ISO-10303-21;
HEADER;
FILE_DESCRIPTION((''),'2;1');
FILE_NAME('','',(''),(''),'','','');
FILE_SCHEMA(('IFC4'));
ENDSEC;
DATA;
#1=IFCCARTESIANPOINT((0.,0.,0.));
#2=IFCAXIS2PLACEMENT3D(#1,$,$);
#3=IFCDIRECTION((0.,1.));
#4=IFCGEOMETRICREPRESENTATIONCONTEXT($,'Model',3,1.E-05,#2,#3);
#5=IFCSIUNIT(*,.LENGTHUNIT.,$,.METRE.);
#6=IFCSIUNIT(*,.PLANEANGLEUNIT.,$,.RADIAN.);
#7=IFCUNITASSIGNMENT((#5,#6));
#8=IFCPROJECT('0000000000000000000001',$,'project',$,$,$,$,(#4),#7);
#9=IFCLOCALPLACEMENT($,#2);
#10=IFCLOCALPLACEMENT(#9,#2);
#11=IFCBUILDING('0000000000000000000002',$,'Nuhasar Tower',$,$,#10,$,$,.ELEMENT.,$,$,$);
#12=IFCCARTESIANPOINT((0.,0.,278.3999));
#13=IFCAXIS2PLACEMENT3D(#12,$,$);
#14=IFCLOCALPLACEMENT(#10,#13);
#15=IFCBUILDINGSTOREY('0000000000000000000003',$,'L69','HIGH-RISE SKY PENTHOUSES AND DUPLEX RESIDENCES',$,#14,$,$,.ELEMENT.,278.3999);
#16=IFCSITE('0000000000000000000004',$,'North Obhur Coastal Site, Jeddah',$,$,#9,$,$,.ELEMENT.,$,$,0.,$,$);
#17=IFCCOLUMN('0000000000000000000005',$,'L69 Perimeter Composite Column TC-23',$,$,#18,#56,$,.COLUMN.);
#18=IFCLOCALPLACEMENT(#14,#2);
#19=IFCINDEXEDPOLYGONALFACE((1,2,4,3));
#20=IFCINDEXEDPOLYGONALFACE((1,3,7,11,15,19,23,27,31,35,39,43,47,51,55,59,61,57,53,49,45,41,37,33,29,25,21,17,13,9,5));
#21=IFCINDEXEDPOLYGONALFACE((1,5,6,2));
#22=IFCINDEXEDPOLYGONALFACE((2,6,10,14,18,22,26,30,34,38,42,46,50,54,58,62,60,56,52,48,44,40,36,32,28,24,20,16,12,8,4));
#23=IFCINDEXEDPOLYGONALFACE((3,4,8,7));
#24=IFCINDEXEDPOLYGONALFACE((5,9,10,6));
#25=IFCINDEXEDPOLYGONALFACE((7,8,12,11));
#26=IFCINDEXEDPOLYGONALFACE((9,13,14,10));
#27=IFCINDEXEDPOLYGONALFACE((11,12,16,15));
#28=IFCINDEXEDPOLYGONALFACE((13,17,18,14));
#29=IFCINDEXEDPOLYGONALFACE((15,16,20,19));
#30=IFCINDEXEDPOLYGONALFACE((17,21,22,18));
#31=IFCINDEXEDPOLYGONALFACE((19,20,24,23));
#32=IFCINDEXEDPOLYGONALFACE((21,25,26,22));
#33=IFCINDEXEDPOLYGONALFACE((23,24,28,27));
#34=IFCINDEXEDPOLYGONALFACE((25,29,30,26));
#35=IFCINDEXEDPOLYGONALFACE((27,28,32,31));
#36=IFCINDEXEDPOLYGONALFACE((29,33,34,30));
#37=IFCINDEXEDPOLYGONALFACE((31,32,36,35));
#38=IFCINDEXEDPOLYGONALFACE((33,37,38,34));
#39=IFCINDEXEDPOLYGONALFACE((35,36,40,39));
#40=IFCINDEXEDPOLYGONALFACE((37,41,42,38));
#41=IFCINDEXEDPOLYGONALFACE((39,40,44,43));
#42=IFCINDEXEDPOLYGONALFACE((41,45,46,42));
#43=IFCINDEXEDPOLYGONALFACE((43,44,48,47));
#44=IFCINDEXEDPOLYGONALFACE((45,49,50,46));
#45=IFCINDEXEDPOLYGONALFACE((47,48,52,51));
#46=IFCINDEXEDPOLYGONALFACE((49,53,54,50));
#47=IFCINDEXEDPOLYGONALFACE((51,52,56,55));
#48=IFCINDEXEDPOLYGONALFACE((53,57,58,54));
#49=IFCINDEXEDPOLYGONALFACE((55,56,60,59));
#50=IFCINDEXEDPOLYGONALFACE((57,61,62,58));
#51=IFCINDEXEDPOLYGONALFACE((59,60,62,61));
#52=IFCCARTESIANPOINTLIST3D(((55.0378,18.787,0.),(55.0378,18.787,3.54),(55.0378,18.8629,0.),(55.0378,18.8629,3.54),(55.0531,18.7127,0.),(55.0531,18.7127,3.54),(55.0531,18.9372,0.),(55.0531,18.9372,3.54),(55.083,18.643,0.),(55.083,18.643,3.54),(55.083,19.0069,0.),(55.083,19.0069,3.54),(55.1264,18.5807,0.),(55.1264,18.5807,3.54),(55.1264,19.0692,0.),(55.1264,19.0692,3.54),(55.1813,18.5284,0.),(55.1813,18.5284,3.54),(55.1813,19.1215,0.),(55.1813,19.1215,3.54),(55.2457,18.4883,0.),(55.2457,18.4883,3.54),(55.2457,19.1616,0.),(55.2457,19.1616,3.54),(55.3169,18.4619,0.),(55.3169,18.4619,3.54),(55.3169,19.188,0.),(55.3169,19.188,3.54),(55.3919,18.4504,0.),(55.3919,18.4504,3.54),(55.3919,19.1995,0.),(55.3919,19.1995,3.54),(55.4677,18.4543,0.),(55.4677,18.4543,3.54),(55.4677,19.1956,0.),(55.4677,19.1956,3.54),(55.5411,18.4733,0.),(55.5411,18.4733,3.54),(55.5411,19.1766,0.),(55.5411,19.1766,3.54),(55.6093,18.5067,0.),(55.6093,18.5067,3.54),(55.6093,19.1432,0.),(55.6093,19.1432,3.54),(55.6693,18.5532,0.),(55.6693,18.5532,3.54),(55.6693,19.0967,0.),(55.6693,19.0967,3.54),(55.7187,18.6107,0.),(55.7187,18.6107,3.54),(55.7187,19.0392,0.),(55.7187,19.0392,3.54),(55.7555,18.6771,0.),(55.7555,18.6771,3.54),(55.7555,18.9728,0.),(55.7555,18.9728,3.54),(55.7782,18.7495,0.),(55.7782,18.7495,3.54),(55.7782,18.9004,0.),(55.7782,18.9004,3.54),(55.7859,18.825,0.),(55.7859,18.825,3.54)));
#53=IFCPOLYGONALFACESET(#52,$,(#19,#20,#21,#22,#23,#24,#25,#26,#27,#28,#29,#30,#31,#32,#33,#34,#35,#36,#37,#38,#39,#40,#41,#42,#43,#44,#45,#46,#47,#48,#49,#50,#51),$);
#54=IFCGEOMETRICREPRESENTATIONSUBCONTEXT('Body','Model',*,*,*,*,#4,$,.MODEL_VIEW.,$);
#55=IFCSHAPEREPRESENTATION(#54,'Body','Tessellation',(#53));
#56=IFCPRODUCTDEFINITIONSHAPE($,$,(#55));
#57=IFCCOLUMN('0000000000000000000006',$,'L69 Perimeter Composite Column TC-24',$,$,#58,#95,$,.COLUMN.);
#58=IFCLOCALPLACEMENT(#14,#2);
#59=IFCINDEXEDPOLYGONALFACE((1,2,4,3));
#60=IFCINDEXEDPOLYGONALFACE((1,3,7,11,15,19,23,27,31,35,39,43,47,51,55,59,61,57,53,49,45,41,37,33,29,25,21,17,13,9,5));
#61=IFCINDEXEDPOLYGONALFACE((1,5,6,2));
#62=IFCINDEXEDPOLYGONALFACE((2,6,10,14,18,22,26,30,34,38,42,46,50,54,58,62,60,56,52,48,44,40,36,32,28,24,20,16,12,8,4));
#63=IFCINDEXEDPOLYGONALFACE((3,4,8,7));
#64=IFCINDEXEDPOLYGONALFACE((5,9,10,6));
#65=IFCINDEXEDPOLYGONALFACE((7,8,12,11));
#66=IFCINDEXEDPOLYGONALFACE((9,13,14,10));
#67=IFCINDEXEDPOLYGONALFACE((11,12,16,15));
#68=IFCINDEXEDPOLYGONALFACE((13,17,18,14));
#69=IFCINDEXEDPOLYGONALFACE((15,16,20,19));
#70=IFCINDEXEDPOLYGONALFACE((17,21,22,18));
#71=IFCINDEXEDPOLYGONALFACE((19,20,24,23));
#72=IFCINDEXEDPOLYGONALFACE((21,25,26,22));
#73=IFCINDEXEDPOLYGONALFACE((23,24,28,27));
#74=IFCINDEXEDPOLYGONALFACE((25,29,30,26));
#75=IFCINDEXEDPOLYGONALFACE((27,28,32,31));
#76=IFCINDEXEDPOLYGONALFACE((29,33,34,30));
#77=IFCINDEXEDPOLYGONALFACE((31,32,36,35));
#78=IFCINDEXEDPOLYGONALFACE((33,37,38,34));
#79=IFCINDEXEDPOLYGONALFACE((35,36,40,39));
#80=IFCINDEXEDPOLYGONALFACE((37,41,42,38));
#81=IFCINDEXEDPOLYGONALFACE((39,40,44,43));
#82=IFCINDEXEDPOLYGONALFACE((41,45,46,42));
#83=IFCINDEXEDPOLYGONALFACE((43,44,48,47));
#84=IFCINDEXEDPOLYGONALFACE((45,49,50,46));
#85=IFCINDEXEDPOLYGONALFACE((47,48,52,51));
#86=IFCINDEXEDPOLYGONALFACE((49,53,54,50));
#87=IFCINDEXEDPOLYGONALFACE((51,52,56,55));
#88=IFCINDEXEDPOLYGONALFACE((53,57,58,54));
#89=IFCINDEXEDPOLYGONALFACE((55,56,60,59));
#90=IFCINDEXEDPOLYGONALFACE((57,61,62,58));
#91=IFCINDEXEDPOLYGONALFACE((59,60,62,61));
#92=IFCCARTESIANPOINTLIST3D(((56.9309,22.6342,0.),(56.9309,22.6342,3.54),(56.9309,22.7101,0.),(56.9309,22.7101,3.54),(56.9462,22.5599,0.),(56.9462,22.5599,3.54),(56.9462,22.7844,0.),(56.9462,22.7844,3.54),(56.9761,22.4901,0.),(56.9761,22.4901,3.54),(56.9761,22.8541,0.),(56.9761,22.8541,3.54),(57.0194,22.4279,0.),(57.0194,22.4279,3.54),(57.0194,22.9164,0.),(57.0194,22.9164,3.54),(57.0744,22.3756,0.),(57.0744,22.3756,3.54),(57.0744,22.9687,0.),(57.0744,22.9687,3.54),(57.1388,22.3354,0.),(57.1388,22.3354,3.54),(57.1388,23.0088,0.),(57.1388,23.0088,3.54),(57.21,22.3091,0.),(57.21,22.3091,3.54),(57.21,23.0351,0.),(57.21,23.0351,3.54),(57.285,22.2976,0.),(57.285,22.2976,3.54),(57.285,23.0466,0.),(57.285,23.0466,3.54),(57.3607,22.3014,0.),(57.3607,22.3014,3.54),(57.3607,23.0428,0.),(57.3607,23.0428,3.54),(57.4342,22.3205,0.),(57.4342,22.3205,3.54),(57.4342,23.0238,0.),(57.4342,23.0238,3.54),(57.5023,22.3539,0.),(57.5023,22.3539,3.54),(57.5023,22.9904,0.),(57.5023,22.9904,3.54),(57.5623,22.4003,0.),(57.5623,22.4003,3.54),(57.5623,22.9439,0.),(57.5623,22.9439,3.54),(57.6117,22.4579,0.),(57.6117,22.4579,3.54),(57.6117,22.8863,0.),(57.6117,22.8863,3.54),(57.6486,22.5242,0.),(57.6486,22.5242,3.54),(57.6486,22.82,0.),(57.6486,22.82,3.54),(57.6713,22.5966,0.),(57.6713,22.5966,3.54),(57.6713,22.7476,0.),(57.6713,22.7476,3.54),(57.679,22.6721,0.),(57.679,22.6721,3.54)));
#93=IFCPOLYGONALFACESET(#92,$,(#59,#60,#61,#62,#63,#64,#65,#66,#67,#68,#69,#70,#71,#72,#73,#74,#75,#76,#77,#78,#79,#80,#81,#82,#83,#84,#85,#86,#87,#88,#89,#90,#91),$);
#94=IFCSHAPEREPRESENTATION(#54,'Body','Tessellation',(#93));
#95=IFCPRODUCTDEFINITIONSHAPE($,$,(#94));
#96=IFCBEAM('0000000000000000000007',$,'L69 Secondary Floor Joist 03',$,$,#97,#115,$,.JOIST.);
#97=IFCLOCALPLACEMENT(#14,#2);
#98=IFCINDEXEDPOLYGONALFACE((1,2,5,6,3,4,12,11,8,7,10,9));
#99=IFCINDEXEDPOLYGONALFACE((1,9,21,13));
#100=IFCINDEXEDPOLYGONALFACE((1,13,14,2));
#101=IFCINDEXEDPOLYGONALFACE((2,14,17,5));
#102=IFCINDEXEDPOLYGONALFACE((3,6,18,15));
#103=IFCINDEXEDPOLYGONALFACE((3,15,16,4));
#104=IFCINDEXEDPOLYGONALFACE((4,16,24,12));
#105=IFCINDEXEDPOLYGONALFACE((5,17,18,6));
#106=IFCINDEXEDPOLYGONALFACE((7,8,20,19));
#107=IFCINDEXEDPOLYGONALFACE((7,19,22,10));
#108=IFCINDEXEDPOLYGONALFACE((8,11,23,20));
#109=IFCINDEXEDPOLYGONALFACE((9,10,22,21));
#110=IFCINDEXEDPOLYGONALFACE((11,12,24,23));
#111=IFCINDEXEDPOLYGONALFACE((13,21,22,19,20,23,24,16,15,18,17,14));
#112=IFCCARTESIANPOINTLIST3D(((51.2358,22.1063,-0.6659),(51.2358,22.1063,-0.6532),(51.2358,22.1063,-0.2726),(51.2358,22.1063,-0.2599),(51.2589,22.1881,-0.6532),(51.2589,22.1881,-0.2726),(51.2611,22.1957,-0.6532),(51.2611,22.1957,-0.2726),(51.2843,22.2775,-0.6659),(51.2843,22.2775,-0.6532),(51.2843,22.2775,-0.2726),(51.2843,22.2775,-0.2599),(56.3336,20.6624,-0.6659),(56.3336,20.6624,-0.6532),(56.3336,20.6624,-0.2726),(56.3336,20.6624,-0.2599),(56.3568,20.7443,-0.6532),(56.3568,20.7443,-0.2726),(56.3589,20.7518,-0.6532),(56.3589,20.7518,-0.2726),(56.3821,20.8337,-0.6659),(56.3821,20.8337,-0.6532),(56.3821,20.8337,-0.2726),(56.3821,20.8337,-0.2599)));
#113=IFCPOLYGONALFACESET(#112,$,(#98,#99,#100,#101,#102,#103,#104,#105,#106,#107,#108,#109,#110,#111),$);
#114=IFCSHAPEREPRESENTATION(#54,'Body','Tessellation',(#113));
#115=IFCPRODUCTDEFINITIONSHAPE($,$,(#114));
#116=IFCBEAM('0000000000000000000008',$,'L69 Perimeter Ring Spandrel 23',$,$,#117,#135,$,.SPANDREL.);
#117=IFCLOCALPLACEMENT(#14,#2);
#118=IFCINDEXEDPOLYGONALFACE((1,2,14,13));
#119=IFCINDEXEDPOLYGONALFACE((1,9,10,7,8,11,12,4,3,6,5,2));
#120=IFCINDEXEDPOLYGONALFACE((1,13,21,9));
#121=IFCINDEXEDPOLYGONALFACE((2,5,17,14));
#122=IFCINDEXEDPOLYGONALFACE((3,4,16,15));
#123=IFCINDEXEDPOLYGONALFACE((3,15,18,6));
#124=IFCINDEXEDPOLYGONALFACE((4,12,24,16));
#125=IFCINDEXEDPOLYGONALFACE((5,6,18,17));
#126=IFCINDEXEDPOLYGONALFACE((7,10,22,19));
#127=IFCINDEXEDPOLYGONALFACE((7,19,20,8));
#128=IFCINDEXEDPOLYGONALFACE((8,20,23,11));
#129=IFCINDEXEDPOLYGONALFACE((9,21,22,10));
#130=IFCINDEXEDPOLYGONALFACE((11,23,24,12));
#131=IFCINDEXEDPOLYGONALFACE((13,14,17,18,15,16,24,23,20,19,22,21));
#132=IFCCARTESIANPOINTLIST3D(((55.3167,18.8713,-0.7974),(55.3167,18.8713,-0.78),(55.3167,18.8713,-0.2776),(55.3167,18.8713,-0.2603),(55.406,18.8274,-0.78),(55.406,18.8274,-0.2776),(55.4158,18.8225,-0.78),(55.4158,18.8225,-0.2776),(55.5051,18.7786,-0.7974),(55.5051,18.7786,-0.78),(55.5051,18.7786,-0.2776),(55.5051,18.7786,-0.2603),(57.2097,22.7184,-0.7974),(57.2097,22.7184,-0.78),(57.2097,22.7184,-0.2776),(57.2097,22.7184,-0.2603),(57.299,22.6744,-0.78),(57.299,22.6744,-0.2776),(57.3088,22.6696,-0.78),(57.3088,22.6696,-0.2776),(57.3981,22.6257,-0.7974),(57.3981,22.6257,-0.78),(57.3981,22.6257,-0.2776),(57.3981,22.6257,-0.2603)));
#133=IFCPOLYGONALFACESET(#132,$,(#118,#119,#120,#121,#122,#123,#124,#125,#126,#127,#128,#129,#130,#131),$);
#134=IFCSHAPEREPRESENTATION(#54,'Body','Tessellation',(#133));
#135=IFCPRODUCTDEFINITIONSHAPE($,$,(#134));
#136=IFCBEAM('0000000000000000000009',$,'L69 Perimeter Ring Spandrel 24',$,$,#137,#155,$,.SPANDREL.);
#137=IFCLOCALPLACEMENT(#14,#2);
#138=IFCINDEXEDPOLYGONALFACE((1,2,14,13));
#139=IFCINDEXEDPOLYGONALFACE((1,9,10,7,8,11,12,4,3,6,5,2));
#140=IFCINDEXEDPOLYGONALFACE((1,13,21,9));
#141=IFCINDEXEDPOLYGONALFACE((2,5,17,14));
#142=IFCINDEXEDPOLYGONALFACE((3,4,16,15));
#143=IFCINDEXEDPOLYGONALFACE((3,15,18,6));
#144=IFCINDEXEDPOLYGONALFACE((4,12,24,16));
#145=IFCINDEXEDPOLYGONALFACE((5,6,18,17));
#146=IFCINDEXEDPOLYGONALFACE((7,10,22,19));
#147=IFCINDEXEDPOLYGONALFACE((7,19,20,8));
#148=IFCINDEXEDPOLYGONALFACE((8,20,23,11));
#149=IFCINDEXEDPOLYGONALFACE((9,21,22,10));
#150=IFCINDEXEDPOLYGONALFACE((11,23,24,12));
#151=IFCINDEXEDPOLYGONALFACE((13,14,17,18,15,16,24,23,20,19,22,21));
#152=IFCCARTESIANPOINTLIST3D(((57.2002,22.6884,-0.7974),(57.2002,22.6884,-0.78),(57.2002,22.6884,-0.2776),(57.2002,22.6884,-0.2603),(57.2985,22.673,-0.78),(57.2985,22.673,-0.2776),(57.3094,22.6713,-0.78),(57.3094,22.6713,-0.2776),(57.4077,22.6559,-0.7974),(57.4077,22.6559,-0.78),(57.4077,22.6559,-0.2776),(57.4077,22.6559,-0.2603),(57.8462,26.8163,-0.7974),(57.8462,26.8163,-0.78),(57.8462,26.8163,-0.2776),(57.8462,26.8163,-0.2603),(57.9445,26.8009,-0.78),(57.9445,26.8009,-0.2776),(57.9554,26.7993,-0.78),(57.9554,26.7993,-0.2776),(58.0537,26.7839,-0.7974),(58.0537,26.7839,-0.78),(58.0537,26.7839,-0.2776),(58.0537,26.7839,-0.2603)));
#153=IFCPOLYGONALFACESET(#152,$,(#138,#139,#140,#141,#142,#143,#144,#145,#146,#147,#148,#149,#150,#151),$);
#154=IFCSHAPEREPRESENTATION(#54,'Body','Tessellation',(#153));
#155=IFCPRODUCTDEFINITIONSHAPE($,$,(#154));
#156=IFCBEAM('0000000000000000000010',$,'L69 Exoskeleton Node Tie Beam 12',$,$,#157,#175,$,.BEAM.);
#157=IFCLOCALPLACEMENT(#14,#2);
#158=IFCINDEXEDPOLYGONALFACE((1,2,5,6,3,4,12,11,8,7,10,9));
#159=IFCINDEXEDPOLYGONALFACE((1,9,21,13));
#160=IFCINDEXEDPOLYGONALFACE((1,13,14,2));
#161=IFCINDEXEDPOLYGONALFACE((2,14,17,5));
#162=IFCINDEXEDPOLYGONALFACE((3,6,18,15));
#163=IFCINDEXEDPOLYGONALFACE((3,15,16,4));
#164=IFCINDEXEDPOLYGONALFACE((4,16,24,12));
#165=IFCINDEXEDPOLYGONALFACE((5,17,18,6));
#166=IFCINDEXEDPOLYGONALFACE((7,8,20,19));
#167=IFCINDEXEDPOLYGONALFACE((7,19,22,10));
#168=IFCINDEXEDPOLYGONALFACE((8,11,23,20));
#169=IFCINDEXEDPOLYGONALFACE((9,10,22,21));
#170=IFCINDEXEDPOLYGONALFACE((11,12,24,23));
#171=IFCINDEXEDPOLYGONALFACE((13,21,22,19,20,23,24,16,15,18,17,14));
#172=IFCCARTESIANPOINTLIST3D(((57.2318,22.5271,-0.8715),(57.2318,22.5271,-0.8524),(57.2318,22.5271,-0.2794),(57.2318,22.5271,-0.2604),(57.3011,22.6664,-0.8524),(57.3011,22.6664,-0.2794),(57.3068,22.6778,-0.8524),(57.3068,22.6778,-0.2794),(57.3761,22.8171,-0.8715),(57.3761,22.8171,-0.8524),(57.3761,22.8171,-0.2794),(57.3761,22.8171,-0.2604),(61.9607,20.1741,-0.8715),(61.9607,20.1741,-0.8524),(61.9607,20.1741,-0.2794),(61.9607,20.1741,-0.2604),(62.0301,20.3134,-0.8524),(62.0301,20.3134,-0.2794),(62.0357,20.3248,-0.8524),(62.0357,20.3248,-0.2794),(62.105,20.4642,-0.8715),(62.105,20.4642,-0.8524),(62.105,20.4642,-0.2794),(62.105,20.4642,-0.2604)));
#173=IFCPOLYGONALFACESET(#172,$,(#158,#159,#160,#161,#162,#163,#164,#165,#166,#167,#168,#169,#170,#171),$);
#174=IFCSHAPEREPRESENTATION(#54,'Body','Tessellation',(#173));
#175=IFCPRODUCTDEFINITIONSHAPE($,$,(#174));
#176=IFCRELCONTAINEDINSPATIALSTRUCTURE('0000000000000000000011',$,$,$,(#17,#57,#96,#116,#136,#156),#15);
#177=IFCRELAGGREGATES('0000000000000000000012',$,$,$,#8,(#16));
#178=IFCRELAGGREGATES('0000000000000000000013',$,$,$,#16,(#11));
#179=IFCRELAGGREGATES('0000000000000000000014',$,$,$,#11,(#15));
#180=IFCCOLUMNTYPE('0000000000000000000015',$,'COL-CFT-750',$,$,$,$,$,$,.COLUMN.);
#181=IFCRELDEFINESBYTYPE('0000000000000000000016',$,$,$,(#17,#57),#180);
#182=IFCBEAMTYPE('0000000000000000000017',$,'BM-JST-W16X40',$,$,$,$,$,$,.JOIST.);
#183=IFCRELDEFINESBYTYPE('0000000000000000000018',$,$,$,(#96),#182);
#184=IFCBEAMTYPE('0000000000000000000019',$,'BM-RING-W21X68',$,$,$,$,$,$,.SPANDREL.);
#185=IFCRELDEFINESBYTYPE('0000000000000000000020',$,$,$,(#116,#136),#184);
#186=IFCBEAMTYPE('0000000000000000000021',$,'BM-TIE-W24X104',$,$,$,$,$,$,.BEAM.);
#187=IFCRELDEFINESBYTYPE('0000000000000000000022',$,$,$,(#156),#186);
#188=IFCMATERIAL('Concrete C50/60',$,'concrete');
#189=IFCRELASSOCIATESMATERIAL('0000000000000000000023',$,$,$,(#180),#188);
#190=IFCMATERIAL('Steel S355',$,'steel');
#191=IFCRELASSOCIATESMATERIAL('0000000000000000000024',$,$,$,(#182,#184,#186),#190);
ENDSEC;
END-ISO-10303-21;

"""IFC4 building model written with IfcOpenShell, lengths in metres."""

from ifc_helpers import new_model, si_unit, direction, frame, origin, origin_2d, place, context, subcontext, project, spatial, circle, i_section, extrude, material, material_profile, profile_set, type_object, element, save


model = new_model("IFC4")

# Units and contexts
model_context = context("Model", 3, precision=1e-05, world=origin(), true_north=direction((0.0, 1.0)))
body_context = subcontext(model_context, "Body", "Model", "MODEL_VIEW")
ifc_project = project(units=[si_unit("LENGTHUNIT", "METRE"), si_unit("PLANEANGLEUNIT", "RADIAN")], contexts=[model_context])

# Site, building, storey
site_placement = place(None, origin())
site = spatial("IfcSite", under=ifc_project, at=site_placement, Name="North Obhur Coastal Site, Jeddah", CompositionType="ELEMENT", RefElevation=0.0)
building_placement = place(site_placement, origin())
building = spatial("IfcBuilding", under=site, at=building_placement, Name="Nuhasar Tower", CompositionType="ELEMENT")
storey_placement = place(building_placement, frame((0.0, 0.0, 278.3999)))
storey = spatial("IfcBuildingStorey", under=building, at=storey_placement, Name="L69", Description="HIGH-RISE SKY PENTHOUSES AND DUPLEX RESIDENCES", CompositionType="ELEMENT", Elevation=278.3999)

# Columns
ifc_material_1 = material(Name="Concrete C50/60", Category="concrete")
ifc_material_profile_1 = material_profile(ifc_material_1, circle(Radius=0.375, at=origin_2d()), Name="CFT750")
ifc_profile_set_1 = profile_set([ifc_material_profile_1], Name="Concrete C50/60")
column_type = type_object("IfcColumnType", Name="COL-CFT-750", PredefinedType="COLUMN", material=ifc_profile_set_1)
for number, where, z_axis, x_axis, name in (
    (1, (55.4109, 18.825, 0.0), (0.0, 0.0, 1.0), (1.0, 0.0, 0.0), "L69 Perimeter Composite Column TC-23"),
    (2, (57.304, 22.6721, 0.0), (0.0, 0.0, 1.0), (1.0, 0.0, 0.0), "L69 Perimeter Composite Column TC-24"),
):
    element("IfcColumn", number, at=place(storey_placement, frame(where, z_axis=z_axis, x_axis=x_axis)), inside=storey, type_object=column_type, Name=name, PredefinedType="COLUMN", context=body_context, shape_type="SweptSolid", body=[
        extrude(circle(Radius=0.375, at=origin_2d()), origin(), (0.0, 0.0, 1.0), 3.54),
    ])

# Beams
ifc_material_2 = material(Name="Steel S355", Category="steel")
ifc_material_profile_2 = material_profile(ifc_material_2, i_section(OverallWidth=0.178, OverallDepth=0.406, WebThickness=0.0078, FlangeThickness=0.0127, at=origin_2d()), Name="W16X40")
ifc_profile_set_2 = profile_set([ifc_material_profile_2], Name="Steel S355")
beam_type_1 = type_object("IfcBeamType", Name="BM-JST-W16X40", PredefinedType="JOIST", material=ifc_profile_set_2)
beam_1_placement = place(storey_placement, frame((51.26, 22.1919, -0.4629), z_axis=(0.962154, -0.272505, 0.0), x_axis=(0.272505, 0.962154, 0.0)))
element("IfcBeam", 3, at=beam_1_placement, inside=storey, type_object=beam_type_1, Name="L69 Secondary Floor Joist 03", PredefinedType="JOIST", context=body_context, shape_type="SweptSolid", body=[
    extrude(i_section(OverallWidth=0.178, OverallDepth=0.406, WebThickness=0.0078, FlangeThickness=0.0127, at=origin_2d()), origin(), (0.0, 0.0, 1.0), 5.2983),
])
ifc_material_profile_3 = material_profile(ifc_material_2, i_section(OverallWidth=0.21, OverallDepth=0.5371, WebThickness=0.011, FlangeThickness=0.0173, at=origin_2d()), Name="W21X68")
ifc_profile_set_3 = profile_set([ifc_material_profile_3], Name="Steel S355")
beam_type_2 = type_object("IfcBeamType", Name="BM-RING-W21X68", PredefinedType="SPANDREL", material=ifc_profile_set_3)
beam_2_placement = place(storey_placement, frame((55.4109, 18.825, -0.5288), z_axis=(0.441511, 0.897256, 0.0), x_axis=(-0.897256, 0.441511, 0.0)))
element("IfcBeam", 4, at=beam_2_placement, inside=storey, type_object=beam_type_2, Name="L69 Perimeter Ring Spandrel 23", PredefinedType="SPANDREL", context=body_context, shape_type="SweptSolid", body=[
    extrude(i_section(OverallWidth=0.21, OverallDepth=0.5371, WebThickness=0.011, FlangeThickness=0.0173, at=origin_2d()), origin(), (0.0, 0.0, 1.0), 4.2876),
])
beam_3_placement = place(storey_placement, frame((57.304, 22.6721, -0.5288), z_axis=(0.154612, 0.987975, 0.0), x_axis=(-0.987975, 0.154612, 0.0)))
element("IfcBeam", 5, at=beam_3_placement, inside=storey, type_object=beam_type_2, Name="L69 Perimeter Ring Spandrel 24", PredefinedType="SPANDREL", context=body_context, shape_type="SweptSolid", body=[
    extrude(i_section(OverallWidth=0.21, OverallDepth=0.5371, WebThickness=0.011, FlangeThickness=0.0173, at=origin_2d()), origin(), (0.0, 0.0, 1.0), 4.1782),
])
ifc_material_profile_4 = material_profile(ifc_material_2, i_section(OverallWidth=0.324, OverallDepth=0.6111, WebThickness=0.0127, FlangeThickness=0.019, at=origin_2d()), Name="W24X104")
ifc_profile_set_4 = profile_set([ifc_material_profile_4], Name="Steel S355")
beam_type_3 = type_object("IfcBeamType", Name="BM-TIE-W24X104", PredefinedType="BEAM", material=ifc_profile_set_4)
beam_4_placement = place(storey_placement, frame((57.304, 22.6721, -0.5659), z_axis=(0.895294, -0.445475, 0.0), x_axis=(0.445475, 0.895294, 0.0)))
element("IfcBeam", 6, at=beam_4_placement, inside=storey, type_object=beam_type_3, Name="L69 Exoskeleton Node Tie Beam 12", PredefinedType="BEAM", context=body_context, shape_type="SweptSolid", body=[
    extrude(i_section(OverallWidth=0.324, OverallDepth=0.6111, WebThickness=0.0127, FlangeThickness=0.019, at=origin_2d()), origin(), (0.0, 0.0, 1.0), 5.282),
])

save(model, "model.ifc")
